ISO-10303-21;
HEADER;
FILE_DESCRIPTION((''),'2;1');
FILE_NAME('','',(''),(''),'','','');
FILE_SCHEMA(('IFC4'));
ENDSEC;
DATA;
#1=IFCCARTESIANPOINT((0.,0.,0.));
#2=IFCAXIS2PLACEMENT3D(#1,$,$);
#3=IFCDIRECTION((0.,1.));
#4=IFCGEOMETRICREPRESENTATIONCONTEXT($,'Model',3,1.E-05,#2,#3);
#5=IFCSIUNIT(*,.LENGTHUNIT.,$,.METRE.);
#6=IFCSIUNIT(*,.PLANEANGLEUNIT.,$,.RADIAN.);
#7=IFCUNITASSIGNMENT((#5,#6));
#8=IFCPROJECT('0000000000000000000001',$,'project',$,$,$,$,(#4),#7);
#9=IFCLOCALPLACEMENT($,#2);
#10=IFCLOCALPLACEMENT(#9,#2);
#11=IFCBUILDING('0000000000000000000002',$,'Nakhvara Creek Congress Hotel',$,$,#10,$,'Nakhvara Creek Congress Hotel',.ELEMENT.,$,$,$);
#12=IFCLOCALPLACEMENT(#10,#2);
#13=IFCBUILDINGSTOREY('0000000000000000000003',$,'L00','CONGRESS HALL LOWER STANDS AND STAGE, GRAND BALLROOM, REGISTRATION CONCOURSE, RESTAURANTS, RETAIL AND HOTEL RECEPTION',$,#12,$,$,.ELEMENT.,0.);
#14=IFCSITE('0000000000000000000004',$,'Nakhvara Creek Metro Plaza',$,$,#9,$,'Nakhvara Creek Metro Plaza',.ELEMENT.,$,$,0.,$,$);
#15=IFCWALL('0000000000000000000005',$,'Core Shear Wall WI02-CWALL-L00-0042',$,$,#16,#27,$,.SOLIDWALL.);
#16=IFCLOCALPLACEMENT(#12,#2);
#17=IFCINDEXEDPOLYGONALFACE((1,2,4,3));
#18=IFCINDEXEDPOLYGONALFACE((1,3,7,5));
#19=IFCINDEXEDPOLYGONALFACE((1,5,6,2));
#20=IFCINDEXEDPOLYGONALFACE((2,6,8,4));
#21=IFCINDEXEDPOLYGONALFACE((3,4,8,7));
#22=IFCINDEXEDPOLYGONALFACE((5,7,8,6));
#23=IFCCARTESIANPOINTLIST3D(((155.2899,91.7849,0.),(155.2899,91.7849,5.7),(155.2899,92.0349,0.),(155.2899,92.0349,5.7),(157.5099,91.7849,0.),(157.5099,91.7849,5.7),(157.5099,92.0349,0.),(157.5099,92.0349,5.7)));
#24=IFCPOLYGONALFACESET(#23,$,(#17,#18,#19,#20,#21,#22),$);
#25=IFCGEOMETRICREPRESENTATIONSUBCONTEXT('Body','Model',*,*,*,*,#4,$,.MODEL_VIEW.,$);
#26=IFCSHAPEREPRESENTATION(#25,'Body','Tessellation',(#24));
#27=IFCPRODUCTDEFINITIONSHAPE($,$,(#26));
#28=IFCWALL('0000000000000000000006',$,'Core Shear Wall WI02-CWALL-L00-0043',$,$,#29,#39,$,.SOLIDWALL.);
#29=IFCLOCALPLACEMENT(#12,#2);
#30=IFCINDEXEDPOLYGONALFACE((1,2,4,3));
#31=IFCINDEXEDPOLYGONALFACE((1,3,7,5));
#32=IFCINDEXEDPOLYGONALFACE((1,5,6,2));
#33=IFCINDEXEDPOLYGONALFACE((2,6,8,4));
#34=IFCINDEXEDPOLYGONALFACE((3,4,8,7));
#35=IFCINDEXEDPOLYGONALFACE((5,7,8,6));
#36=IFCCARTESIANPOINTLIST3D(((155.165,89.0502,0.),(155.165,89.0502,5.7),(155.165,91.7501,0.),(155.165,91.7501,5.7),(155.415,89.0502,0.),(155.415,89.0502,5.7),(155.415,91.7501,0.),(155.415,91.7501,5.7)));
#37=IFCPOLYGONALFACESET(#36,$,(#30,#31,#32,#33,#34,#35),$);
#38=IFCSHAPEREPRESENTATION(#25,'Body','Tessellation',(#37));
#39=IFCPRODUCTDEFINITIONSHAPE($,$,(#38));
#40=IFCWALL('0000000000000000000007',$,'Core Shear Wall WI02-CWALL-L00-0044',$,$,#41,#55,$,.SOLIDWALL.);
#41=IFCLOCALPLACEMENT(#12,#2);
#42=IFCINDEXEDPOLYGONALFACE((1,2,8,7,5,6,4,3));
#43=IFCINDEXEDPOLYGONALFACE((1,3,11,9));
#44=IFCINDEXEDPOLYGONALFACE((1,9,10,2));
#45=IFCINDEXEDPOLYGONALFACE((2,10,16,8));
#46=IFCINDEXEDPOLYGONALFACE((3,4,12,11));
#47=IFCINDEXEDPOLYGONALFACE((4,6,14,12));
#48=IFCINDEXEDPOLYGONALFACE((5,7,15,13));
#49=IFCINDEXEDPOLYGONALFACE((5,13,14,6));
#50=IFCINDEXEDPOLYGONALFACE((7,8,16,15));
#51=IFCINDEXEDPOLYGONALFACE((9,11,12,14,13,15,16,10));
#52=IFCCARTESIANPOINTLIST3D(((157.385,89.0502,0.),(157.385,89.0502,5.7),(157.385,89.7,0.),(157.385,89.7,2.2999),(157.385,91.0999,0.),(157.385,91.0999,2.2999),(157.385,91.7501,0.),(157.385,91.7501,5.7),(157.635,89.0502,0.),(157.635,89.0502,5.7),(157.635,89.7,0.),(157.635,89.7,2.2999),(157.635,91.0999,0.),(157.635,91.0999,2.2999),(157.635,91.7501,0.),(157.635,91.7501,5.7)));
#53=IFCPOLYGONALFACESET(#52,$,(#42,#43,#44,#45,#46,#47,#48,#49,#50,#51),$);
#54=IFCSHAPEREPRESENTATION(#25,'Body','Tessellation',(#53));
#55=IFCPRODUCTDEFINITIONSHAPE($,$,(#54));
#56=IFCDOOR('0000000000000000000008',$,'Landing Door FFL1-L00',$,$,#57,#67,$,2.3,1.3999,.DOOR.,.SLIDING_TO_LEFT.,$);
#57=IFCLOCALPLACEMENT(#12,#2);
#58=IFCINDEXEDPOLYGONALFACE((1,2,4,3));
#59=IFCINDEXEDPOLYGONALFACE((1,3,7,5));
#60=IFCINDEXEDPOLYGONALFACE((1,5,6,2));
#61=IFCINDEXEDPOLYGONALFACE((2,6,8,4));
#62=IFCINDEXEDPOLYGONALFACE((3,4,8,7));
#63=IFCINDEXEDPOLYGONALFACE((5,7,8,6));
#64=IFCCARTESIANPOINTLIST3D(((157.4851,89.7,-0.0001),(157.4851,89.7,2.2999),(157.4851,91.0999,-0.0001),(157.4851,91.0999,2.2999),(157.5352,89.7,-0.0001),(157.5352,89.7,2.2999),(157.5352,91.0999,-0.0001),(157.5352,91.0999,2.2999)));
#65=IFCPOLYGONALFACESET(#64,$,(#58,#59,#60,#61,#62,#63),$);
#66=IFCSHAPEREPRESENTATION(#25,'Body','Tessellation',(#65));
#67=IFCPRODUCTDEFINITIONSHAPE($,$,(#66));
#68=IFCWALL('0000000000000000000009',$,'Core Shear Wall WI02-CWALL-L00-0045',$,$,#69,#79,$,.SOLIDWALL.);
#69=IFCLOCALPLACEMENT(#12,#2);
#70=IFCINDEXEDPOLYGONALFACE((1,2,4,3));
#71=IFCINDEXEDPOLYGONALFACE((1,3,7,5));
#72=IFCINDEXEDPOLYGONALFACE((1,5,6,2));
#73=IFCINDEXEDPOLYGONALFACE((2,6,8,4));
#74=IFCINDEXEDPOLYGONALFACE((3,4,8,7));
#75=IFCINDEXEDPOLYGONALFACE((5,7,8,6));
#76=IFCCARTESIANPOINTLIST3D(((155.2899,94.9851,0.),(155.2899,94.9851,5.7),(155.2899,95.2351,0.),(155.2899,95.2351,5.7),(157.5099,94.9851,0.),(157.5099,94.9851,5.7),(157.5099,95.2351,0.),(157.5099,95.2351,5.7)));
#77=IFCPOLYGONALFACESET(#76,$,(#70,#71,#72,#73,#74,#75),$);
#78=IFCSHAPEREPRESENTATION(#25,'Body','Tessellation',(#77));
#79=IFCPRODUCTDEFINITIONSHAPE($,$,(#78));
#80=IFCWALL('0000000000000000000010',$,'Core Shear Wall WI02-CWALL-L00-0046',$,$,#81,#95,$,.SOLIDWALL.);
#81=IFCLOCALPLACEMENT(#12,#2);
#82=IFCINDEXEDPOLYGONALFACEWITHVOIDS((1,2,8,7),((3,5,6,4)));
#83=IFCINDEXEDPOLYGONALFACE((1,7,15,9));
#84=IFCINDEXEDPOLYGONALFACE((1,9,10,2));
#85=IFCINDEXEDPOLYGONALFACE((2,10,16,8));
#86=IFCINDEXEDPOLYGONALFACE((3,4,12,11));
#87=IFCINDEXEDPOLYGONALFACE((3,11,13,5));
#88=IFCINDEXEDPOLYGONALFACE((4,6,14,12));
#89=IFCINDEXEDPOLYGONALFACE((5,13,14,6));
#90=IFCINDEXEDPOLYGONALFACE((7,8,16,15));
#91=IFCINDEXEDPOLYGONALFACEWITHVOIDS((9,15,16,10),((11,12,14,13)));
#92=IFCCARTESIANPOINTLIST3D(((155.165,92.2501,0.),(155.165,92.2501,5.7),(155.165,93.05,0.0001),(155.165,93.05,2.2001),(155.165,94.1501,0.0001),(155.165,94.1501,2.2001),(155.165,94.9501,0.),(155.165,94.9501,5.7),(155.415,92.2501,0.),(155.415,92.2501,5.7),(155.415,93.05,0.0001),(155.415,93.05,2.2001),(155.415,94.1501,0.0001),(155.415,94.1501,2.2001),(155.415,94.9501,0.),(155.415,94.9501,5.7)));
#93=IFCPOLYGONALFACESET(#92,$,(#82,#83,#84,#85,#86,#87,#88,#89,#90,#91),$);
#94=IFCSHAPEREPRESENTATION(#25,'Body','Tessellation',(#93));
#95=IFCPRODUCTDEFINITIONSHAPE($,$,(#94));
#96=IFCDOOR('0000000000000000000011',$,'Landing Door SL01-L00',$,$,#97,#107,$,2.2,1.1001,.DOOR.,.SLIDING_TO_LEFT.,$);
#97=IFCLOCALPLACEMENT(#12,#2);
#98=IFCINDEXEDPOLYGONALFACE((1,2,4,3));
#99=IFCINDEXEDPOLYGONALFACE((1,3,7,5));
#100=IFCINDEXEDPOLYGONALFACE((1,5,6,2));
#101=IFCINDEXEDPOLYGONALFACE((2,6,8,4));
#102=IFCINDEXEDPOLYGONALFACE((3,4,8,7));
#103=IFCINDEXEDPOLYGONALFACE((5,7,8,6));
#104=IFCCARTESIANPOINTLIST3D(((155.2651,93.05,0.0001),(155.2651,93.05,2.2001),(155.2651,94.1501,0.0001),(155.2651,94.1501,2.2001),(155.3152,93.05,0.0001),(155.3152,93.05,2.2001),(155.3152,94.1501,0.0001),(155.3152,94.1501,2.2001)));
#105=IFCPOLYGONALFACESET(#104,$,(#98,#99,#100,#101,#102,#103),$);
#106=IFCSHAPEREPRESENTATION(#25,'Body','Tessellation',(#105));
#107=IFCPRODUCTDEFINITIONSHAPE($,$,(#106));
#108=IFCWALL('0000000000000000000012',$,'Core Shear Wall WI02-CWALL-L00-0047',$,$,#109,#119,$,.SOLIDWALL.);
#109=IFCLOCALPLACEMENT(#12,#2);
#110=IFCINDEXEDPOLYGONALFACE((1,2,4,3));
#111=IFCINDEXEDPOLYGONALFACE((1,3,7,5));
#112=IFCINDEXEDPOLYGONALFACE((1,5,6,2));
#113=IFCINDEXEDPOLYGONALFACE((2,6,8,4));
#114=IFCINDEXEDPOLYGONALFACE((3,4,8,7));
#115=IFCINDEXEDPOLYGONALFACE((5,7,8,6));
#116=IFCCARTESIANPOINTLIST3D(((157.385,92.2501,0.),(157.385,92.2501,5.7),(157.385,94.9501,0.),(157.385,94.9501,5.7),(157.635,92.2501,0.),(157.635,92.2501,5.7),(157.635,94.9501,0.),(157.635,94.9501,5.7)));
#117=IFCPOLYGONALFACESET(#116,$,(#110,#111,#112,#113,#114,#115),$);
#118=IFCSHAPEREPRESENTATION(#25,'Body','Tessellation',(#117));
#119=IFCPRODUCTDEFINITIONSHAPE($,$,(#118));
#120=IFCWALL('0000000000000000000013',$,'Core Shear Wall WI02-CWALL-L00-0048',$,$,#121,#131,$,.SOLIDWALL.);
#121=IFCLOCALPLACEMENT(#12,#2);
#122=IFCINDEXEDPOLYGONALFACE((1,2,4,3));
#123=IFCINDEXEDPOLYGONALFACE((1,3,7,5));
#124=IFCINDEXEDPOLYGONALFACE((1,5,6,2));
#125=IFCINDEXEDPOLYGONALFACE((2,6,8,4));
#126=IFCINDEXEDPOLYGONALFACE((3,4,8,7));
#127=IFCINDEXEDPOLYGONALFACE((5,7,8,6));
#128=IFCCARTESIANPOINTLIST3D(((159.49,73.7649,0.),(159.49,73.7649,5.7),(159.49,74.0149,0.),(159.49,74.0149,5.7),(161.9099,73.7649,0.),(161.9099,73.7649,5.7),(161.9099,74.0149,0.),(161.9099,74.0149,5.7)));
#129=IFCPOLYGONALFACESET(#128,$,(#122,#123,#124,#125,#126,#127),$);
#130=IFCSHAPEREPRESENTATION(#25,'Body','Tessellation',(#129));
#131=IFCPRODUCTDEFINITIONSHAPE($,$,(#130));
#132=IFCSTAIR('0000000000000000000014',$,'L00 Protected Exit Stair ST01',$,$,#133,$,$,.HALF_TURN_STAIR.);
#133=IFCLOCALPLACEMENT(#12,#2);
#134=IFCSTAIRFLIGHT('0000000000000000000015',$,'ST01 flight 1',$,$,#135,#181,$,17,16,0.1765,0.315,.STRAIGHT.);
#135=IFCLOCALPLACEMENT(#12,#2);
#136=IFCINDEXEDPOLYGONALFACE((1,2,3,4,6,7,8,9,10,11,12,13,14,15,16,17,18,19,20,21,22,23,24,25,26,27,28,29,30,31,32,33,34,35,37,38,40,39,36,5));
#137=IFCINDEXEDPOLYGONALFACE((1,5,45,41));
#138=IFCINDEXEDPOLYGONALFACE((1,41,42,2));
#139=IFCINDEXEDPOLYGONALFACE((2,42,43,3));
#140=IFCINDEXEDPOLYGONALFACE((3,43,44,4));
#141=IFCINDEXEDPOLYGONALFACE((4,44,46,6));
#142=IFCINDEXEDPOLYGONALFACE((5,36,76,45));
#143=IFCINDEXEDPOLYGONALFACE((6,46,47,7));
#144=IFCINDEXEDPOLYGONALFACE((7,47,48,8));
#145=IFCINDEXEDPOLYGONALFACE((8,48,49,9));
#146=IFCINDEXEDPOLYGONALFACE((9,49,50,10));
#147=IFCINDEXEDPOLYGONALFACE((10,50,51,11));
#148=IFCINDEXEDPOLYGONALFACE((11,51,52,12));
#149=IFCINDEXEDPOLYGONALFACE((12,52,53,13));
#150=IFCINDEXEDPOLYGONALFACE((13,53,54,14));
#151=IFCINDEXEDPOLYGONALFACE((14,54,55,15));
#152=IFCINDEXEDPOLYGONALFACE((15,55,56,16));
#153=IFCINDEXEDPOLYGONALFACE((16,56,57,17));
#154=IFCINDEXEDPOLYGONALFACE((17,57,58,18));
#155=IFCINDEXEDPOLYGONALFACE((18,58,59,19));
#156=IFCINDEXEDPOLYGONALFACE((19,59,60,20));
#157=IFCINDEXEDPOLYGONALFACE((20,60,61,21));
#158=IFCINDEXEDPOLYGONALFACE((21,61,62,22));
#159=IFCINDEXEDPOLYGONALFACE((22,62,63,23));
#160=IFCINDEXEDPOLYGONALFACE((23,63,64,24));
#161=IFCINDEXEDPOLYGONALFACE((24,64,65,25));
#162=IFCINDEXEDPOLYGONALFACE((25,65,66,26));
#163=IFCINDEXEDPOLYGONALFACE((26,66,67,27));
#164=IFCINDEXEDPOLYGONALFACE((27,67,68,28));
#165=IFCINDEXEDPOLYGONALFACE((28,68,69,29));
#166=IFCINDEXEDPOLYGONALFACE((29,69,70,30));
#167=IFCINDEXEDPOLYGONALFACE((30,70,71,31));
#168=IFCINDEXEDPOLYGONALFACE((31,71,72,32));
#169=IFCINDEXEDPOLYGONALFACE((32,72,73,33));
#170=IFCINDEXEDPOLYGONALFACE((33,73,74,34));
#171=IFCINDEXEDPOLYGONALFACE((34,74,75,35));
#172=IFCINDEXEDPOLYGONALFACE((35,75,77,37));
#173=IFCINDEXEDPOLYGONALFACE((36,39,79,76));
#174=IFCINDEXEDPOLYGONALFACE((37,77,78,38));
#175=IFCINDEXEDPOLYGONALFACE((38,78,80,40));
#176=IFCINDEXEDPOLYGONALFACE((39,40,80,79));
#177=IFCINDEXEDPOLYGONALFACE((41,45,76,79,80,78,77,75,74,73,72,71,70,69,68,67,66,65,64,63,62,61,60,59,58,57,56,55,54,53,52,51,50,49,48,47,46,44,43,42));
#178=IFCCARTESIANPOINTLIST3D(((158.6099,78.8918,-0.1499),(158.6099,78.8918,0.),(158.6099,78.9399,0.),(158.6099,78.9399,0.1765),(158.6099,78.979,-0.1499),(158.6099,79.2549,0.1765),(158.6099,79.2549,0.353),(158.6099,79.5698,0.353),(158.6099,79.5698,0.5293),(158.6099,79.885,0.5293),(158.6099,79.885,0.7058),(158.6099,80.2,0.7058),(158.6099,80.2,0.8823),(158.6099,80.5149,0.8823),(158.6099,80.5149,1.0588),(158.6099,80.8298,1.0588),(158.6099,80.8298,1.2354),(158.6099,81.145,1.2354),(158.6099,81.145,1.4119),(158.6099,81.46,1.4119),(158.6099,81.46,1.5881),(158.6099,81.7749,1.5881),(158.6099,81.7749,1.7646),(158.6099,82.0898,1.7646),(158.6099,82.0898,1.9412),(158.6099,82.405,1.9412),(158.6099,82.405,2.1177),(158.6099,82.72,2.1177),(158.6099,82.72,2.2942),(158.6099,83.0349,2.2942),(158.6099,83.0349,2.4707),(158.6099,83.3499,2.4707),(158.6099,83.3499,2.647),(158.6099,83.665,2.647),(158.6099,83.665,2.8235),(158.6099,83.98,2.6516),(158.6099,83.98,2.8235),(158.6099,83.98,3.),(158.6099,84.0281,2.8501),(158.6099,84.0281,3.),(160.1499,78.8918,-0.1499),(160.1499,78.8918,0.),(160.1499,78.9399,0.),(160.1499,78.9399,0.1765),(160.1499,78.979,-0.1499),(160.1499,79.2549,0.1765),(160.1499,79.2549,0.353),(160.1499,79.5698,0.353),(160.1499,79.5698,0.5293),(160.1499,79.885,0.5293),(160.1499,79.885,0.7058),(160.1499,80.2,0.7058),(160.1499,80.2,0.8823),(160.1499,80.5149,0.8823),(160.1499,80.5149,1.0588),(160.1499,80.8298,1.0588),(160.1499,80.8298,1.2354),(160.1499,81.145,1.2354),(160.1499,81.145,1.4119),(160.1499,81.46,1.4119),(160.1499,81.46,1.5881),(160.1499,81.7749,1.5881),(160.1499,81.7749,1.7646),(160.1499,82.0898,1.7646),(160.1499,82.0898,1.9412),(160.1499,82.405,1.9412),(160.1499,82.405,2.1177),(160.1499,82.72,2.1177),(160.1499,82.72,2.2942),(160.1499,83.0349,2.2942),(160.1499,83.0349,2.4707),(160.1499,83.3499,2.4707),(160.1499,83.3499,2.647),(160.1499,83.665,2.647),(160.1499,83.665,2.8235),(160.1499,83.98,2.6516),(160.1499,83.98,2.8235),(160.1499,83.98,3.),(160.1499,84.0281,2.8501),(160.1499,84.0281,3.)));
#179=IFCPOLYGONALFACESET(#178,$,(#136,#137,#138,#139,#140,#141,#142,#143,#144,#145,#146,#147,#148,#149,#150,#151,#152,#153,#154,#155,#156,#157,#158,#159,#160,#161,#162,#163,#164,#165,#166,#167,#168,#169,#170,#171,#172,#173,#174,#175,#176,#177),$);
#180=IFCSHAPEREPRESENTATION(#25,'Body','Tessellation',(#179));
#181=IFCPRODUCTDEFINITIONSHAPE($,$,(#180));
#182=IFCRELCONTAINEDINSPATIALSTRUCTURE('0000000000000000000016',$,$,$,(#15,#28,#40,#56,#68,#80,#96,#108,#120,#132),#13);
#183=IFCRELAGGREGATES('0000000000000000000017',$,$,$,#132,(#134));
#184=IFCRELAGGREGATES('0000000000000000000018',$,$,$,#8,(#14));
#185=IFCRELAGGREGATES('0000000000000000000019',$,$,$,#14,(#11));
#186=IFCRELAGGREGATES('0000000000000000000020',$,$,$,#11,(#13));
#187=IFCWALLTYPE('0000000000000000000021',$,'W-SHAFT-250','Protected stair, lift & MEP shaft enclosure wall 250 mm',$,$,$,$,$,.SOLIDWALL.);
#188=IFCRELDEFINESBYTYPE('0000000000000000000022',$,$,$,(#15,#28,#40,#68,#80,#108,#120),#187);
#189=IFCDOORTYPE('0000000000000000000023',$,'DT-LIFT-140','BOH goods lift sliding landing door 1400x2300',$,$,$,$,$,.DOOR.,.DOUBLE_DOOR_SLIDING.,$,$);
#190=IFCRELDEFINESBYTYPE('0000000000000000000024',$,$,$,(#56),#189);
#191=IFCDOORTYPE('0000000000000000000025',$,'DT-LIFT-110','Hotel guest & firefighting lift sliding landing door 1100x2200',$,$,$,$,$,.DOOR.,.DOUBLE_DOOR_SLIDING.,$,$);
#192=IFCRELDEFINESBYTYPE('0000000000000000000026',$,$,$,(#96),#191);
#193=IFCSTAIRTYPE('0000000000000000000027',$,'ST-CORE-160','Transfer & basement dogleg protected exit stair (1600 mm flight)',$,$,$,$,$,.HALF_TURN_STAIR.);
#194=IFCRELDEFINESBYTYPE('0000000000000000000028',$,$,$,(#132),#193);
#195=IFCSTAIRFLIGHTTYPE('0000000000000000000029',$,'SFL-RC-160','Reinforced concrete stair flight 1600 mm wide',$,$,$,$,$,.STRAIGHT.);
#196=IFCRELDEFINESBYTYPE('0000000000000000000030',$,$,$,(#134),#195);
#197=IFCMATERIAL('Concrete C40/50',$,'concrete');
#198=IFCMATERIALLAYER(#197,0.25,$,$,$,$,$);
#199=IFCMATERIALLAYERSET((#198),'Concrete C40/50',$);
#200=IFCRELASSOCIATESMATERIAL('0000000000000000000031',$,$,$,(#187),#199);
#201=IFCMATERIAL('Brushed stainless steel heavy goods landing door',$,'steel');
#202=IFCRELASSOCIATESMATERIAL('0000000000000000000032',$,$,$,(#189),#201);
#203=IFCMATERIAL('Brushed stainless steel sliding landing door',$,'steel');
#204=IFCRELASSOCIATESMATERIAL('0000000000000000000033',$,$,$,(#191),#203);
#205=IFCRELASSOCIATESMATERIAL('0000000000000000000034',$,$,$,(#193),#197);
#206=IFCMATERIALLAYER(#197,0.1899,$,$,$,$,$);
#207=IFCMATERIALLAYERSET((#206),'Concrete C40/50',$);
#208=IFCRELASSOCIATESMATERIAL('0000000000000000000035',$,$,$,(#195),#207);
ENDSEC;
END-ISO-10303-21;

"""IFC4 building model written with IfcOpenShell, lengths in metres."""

from ifc_helpers import new_model, si_unit, direction, frame, frame_2d, origin, place, context, subcontext, project, spatial, polyline, rectangle, outline, extrude, material, layer, layer_set, type_object, element, fill, aggregate, save


model = new_model("IFC4")

# Units and contexts
model_context = context("Model", 3, precision=1e-05, world=origin(), true_north=direction((0.0, 1.0)))
body_context = subcontext(model_context, "Body", "Model", "MODEL_VIEW")
ifc_project = project(units=[si_unit("LENGTHUNIT", "METRE"), si_unit("PLANEANGLEUNIT", "RADIAN")], contexts=[model_context])

# Site, building, storey
site_placement = place(None, origin())
site = spatial("IfcSite", under=ifc_project, at=site_placement, Name="Nakhvara Creek Metro Plaza", LongName="Nakhvara Creek Metro Plaza", CompositionType="ELEMENT", RefElevation=0.0)
building_placement = place(site_placement, origin())
building = spatial("IfcBuilding", under=site, at=building_placement, Name="Nakhvara Creek Congress Hotel", LongName="Nakhvara Creek Congress Hotel", CompositionType="ELEMENT")
storey_placement = place(building_placement, origin())
storey = spatial("IfcBuildingStorey", under=building, at=storey_placement, Name="L00", Description="CONGRESS HALL LOWER STANDS AND STAGE, GRAND BALLROOM, REGISTRATION CONCOURSE, RESTAURANTS, RETAIL AND HOTEL RECEPTION", CompositionType="ELEMENT", Elevation=0.0)

# Walls
ifc_material_1 = material(Name="Concrete C40/50", Category="concrete")
ifc_layer_1 = layer(ifc_material_1, 0.25)
ifc_layer_set_1 = layer_set([ifc_layer_1], Name="Concrete C40/50")
wall_type_1 = type_object("IfcWallType", Name="W-SHAFT-250", Description="Protected stair, lift & MEP shaft enclosure wall 250 mm", PredefinedType="SOLIDWALL", material=ifc_layer_set_1)
for number, where, z_axis, x_axis, name in (
    (1, (155.29, 91.9099, 0.0), (0.0, 0.0, 1.0), (1.0, 0.0, 0.0), "Core Shear Wall WI02-CWALL-L00-0042"),
):
    element("IfcWall", number, at=place(storey_placement, frame(where, z_axis=z_axis, x_axis=x_axis)), inside=storey, type_object=wall_type_1, Name=name, PredefinedType="SOLIDWALL", context=body_context, shape_type="SweptSolid", body=[
        extrude(rectangle(XDim=2.22, YDim=0.25, at=frame_2d((1.1099, 0.0))), origin(), (0.0, 0.0, 1.0), 5.7),
    ])
wall_1_placement = place(storey_placement, frame((155.29, 89.05, 0.0), z_axis=(0.0, 0.0, 1.0), x_axis=(0.0, 1.0, 0.0)))
element("IfcWall", 2, at=wall_1_placement, inside=storey, type_object=wall_type_1, Name="Core Shear Wall WI02-CWALL-L00-0043", PredefinedType="SOLIDWALL", context=body_context, shape_type="SweptSolid", body=[
    extrude(rectangle(XDim=2.7, YDim=0.25, at=frame_2d((1.3501, 0.0))), origin(), (0.0, 0.0, 1.0), 5.7),
])

# Wall, opening, door
wall_2_placement = place(storey_placement, frame((157.51, 89.05, 0.0), z_axis=(0.0, 0.0, 1.0), x_axis=(0.0, 1.0, 0.0)))
wall_2 = element("IfcWall", 3, at=wall_2_placement, inside=storey, type_object=wall_type_1, Name="Core Shear Wall WI02-CWALL-L00-0044", PredefinedType="SOLIDWALL", context=body_context, shape_type="SweptSolid", body=[
    extrude(rectangle(XDim=2.7, YDim=0.25, at=frame_2d((1.3501, 0.0))), origin(), (0.0, 0.0, 1.0), 5.7),
])
opening_1_placement = place(wall_2_placement, frame((0.6499, 0.0, 0.0)))
opening_1 = element("IfcOpeningElement", 4, at=opening_1_placement, cuts=wall_2, PredefinedType="OPENING", context=body_context, shape_type="SweptSolid", body=[
    extrude(rectangle(XDim=1.3999, YDim=2.3, at=frame_2d((0.7, 1.1499))), frame((0.0, 0.137, 0.0), z_axis=(0.0, -1.0, 0.0), x_axis=(1.0, 0.0, 0.0)), (0.0, 0.0, 1.0), 0.2739),
])
ifc_material_2 = material(Name="Brushed stainless steel heavy goods landing door", Category="steel")
door_type_1 = type_object("IfcDoorType", Name="DT-LIFT-140", Description="BOH goods lift sliding landing door 1400x2300", OperationType="DOUBLE_DOOR_SLIDING", PredefinedType="DOOR", material=ifc_material_2)
door_1_placement = place(opening_1_placement, origin())
door_1 = element("IfcDoor", 5, at=door_1_placement, inside=storey, type_object=door_type_1, Name="Landing Door FFL1-L00", OperationType="SLIDING_TO_LEFT", OverallHeight=2.3, OverallWidth=1.3999, PredefinedType="DOOR", context=body_context, shape_type="SweptSolid", body=[
    extrude(rectangle(XDim=1.3999, YDim=2.3, at=frame_2d((0.7, 1.1499))), frame((0.0, 0.0249, 0.0), z_axis=(0.0, -1.0, 0.0), x_axis=(1.0, 0.0, 0.0)), (0.0, 0.0, 1.0), 0.05),
])
fill(opening_1, door_1)

# Wall
wall_3_placement = place(storey_placement, frame((155.29, 95.1101, 0.0), z_axis=(0.0, 0.0, 1.0), x_axis=(1.0, 0.0, 0.0)))
element("IfcWall", 6, at=wall_3_placement, inside=storey, type_object=wall_type_1, Name="Core Shear Wall WI02-CWALL-L00-0045", PredefinedType="SOLIDWALL", context=body_context, shape_type="SweptSolid", body=[
    extrude(rectangle(XDim=2.22, YDim=0.25, at=frame_2d((1.1099, 0.0))), origin(), (0.0, 0.0, 1.0), 5.7),
])

# Wall, opening, door
wall_4_placement = place(storey_placement, frame((155.29, 92.25, 0.0), z_axis=(0.0, 0.0, 1.0), x_axis=(0.0, 1.0, 0.0)))
wall_4 = element("IfcWall", 7, at=wall_4_placement, inside=storey, type_object=wall_type_1, Name="Core Shear Wall WI02-CWALL-L00-0046", PredefinedType="SOLIDWALL", context=body_context, shape_type="SweptSolid", body=[
    extrude(rectangle(XDim=2.7, YDim=0.25, at=frame_2d((1.3501, 0.0))), origin(), (0.0, 0.0, 1.0), 5.7),
])
opening_2_placement = place(wall_4_placement, frame((0.8, 0.0, 0.0)))
opening_2 = element("IfcOpeningElement", 8, at=opening_2_placement, cuts=wall_4, PredefinedType="OPENING", context=body_context, shape_type="SweptSolid", body=[
    extrude(rectangle(XDim=1.1001, YDim=2.2, at=frame_2d((0.55, 1.1001))), frame((0.0, 0.137, 0.0), z_axis=(0.0, -1.0, 0.0), x_axis=(1.0, 0.0, 0.0)), (0.0, 0.0, 1.0), 0.2739),
])
ifc_material_3 = material(Name="Brushed stainless steel sliding landing door", Category="steel")
door_type_2 = type_object("IfcDoorType", Name="DT-LIFT-110", Description="Hotel guest & firefighting lift sliding landing door 1100x2200", OperationType="DOUBLE_DOOR_SLIDING", PredefinedType="DOOR", material=ifc_material_3)
door_2_placement = place(opening_2_placement, origin())
door_2 = element("IfcDoor", 9, at=door_2_placement, inside=storey, type_object=door_type_2, Name="Landing Door SL01-L00", OperationType="SLIDING_TO_LEFT", OverallHeight=2.2, OverallWidth=1.1001, PredefinedType="DOOR", context=body_context, shape_type="SweptSolid", body=[
    extrude(rectangle(XDim=1.1001, YDim=2.2, at=frame_2d((0.55, 1.1001))), frame((0.0, 0.0249, 0.0), z_axis=(0.0, -1.0, 0.0), x_axis=(1.0, 0.0, 0.0)), (0.0, 0.0, 1.0), 0.05),
])
fill(opening_2, door_2)

# Walls
wall_5_placement = place(storey_placement, frame((157.51, 92.25, 0.0), z_axis=(0.0, 0.0, 1.0), x_axis=(0.0, 1.0, 0.0)))
element("IfcWall", 10, at=wall_5_placement, inside=storey, type_object=wall_type_1, Name="Core Shear Wall WI02-CWALL-L00-0047", PredefinedType="SOLIDWALL", context=body_context, shape_type="SweptSolid", body=[
    extrude(rectangle(XDim=2.7, YDim=0.25, at=frame_2d((1.3501, 0.0))), origin(), (0.0, 0.0, 1.0), 5.7),
])
wall_6_placement = place(storey_placement, frame((159.49, 73.8899, 0.0), z_axis=(0.0, 0.0, 1.0), x_axis=(1.0, 0.0, 0.0)))
element("IfcWall", 11, at=wall_6_placement, inside=storey, type_object=wall_type_1, Name="Core Shear Wall WI02-CWALL-L00-0048", PredefinedType="SOLIDWALL", context=body_context, shape_type="SweptSolid", body=[
    extrude(rectangle(XDim=2.4199, YDim=0.25, at=frame_2d((1.21, 0.0))), origin(), (0.0, 0.0, 1.0), 5.7),
])

# Stair, stair flight
stair_type = type_object("IfcStairType", Name="ST-CORE-160", Description="Transfer & basement dogleg protected exit stair (1600 mm flight)", PredefinedType="HALF_TURN_STAIR", material=ifc_material_1)
stair_placement = place(storey_placement, origin())
stair = element("IfcStair", 12, at=stair_placement, inside=storey, type_object=stair_type, Name="L00 Protected Exit Stair ST01", PredefinedType="HALF_TURN_STAIR")
ifc_layer_2 = layer(ifc_material_1, 0.1899)
ifc_layer_set_2 = layer_set([ifc_layer_2], Name="Concrete C40/50")
stair_flight_type = type_object("IfcStairFlightType", Name="SFL-RC-160", Description="Reinforced concrete stair flight 1600 mm wide", PredefinedType="STRAIGHT", material=ifc_layer_set_2)
stair_flight_1_placement = place(storey_placement, frame((159.3799, 78.9399, 0.0), z_axis=(0.0, 0.0, 1.0), x_axis=(0.0, 1.0, 0.0)))
stair_flight_1 = element("IfcStairFlight", 13, at=stair_flight_1_placement, type_object=stair_flight_type, Name="ST01 flight 1", NumberOfRisers=17, NumberOfTreads=16, PredefinedType="STRAIGHT", RiserHeight=0.1765, TreadLength=0.315, context=body_context, shape_type="SweptSolid", body=[
    extrude(outline(polyline([(-0.0481, 0.0), (0.0, 0.0), (0.0, 0.1765), (0.3149, 0.1765), (0.3149, 0.353), (0.6299, 0.353), (0.6299, 0.5293), (0.9451, 0.5293), (0.9451, 0.7058), (1.26, 0.7058), (1.26, 0.8823), (1.575, 0.8823), (1.575, 1.0588), (1.8899, 1.0588), (1.8899, 1.2354), (2.2051, 1.2354), (2.2051, 1.4119), (2.52, 1.4119), (2.52, 1.5881), (2.835, 1.5881), (2.835, 1.7646), (3.1499, 1.7646), (3.1499, 1.9412), (3.4651, 1.9412), (3.4651, 2.1177), (3.78, 2.1177), (3.78, 2.2942), (4.095, 2.2942), (4.095, 2.4707), (4.4099, 2.4707), (4.4099, 2.647), (4.7251, 2.647), (4.7251, 2.8235), (5.04, 2.8235), (5.04, 3.0), (5.0881, 3.0), (5.0881, 2.8501), (5.04, 2.6516), (0.0391, -0.1499), (-0.0481, -0.1499), (-0.0481, 0.0)])), frame((0.0, 0.77, 0.0), z_axis=(0.0, -1.0, 0.0), x_axis=(1.0, 0.0, 0.0)), (0.0, 0.0, 1.0), 1.54),
])
aggregate(stair, [stair_flight_1])

save(model, "model.ifc")
